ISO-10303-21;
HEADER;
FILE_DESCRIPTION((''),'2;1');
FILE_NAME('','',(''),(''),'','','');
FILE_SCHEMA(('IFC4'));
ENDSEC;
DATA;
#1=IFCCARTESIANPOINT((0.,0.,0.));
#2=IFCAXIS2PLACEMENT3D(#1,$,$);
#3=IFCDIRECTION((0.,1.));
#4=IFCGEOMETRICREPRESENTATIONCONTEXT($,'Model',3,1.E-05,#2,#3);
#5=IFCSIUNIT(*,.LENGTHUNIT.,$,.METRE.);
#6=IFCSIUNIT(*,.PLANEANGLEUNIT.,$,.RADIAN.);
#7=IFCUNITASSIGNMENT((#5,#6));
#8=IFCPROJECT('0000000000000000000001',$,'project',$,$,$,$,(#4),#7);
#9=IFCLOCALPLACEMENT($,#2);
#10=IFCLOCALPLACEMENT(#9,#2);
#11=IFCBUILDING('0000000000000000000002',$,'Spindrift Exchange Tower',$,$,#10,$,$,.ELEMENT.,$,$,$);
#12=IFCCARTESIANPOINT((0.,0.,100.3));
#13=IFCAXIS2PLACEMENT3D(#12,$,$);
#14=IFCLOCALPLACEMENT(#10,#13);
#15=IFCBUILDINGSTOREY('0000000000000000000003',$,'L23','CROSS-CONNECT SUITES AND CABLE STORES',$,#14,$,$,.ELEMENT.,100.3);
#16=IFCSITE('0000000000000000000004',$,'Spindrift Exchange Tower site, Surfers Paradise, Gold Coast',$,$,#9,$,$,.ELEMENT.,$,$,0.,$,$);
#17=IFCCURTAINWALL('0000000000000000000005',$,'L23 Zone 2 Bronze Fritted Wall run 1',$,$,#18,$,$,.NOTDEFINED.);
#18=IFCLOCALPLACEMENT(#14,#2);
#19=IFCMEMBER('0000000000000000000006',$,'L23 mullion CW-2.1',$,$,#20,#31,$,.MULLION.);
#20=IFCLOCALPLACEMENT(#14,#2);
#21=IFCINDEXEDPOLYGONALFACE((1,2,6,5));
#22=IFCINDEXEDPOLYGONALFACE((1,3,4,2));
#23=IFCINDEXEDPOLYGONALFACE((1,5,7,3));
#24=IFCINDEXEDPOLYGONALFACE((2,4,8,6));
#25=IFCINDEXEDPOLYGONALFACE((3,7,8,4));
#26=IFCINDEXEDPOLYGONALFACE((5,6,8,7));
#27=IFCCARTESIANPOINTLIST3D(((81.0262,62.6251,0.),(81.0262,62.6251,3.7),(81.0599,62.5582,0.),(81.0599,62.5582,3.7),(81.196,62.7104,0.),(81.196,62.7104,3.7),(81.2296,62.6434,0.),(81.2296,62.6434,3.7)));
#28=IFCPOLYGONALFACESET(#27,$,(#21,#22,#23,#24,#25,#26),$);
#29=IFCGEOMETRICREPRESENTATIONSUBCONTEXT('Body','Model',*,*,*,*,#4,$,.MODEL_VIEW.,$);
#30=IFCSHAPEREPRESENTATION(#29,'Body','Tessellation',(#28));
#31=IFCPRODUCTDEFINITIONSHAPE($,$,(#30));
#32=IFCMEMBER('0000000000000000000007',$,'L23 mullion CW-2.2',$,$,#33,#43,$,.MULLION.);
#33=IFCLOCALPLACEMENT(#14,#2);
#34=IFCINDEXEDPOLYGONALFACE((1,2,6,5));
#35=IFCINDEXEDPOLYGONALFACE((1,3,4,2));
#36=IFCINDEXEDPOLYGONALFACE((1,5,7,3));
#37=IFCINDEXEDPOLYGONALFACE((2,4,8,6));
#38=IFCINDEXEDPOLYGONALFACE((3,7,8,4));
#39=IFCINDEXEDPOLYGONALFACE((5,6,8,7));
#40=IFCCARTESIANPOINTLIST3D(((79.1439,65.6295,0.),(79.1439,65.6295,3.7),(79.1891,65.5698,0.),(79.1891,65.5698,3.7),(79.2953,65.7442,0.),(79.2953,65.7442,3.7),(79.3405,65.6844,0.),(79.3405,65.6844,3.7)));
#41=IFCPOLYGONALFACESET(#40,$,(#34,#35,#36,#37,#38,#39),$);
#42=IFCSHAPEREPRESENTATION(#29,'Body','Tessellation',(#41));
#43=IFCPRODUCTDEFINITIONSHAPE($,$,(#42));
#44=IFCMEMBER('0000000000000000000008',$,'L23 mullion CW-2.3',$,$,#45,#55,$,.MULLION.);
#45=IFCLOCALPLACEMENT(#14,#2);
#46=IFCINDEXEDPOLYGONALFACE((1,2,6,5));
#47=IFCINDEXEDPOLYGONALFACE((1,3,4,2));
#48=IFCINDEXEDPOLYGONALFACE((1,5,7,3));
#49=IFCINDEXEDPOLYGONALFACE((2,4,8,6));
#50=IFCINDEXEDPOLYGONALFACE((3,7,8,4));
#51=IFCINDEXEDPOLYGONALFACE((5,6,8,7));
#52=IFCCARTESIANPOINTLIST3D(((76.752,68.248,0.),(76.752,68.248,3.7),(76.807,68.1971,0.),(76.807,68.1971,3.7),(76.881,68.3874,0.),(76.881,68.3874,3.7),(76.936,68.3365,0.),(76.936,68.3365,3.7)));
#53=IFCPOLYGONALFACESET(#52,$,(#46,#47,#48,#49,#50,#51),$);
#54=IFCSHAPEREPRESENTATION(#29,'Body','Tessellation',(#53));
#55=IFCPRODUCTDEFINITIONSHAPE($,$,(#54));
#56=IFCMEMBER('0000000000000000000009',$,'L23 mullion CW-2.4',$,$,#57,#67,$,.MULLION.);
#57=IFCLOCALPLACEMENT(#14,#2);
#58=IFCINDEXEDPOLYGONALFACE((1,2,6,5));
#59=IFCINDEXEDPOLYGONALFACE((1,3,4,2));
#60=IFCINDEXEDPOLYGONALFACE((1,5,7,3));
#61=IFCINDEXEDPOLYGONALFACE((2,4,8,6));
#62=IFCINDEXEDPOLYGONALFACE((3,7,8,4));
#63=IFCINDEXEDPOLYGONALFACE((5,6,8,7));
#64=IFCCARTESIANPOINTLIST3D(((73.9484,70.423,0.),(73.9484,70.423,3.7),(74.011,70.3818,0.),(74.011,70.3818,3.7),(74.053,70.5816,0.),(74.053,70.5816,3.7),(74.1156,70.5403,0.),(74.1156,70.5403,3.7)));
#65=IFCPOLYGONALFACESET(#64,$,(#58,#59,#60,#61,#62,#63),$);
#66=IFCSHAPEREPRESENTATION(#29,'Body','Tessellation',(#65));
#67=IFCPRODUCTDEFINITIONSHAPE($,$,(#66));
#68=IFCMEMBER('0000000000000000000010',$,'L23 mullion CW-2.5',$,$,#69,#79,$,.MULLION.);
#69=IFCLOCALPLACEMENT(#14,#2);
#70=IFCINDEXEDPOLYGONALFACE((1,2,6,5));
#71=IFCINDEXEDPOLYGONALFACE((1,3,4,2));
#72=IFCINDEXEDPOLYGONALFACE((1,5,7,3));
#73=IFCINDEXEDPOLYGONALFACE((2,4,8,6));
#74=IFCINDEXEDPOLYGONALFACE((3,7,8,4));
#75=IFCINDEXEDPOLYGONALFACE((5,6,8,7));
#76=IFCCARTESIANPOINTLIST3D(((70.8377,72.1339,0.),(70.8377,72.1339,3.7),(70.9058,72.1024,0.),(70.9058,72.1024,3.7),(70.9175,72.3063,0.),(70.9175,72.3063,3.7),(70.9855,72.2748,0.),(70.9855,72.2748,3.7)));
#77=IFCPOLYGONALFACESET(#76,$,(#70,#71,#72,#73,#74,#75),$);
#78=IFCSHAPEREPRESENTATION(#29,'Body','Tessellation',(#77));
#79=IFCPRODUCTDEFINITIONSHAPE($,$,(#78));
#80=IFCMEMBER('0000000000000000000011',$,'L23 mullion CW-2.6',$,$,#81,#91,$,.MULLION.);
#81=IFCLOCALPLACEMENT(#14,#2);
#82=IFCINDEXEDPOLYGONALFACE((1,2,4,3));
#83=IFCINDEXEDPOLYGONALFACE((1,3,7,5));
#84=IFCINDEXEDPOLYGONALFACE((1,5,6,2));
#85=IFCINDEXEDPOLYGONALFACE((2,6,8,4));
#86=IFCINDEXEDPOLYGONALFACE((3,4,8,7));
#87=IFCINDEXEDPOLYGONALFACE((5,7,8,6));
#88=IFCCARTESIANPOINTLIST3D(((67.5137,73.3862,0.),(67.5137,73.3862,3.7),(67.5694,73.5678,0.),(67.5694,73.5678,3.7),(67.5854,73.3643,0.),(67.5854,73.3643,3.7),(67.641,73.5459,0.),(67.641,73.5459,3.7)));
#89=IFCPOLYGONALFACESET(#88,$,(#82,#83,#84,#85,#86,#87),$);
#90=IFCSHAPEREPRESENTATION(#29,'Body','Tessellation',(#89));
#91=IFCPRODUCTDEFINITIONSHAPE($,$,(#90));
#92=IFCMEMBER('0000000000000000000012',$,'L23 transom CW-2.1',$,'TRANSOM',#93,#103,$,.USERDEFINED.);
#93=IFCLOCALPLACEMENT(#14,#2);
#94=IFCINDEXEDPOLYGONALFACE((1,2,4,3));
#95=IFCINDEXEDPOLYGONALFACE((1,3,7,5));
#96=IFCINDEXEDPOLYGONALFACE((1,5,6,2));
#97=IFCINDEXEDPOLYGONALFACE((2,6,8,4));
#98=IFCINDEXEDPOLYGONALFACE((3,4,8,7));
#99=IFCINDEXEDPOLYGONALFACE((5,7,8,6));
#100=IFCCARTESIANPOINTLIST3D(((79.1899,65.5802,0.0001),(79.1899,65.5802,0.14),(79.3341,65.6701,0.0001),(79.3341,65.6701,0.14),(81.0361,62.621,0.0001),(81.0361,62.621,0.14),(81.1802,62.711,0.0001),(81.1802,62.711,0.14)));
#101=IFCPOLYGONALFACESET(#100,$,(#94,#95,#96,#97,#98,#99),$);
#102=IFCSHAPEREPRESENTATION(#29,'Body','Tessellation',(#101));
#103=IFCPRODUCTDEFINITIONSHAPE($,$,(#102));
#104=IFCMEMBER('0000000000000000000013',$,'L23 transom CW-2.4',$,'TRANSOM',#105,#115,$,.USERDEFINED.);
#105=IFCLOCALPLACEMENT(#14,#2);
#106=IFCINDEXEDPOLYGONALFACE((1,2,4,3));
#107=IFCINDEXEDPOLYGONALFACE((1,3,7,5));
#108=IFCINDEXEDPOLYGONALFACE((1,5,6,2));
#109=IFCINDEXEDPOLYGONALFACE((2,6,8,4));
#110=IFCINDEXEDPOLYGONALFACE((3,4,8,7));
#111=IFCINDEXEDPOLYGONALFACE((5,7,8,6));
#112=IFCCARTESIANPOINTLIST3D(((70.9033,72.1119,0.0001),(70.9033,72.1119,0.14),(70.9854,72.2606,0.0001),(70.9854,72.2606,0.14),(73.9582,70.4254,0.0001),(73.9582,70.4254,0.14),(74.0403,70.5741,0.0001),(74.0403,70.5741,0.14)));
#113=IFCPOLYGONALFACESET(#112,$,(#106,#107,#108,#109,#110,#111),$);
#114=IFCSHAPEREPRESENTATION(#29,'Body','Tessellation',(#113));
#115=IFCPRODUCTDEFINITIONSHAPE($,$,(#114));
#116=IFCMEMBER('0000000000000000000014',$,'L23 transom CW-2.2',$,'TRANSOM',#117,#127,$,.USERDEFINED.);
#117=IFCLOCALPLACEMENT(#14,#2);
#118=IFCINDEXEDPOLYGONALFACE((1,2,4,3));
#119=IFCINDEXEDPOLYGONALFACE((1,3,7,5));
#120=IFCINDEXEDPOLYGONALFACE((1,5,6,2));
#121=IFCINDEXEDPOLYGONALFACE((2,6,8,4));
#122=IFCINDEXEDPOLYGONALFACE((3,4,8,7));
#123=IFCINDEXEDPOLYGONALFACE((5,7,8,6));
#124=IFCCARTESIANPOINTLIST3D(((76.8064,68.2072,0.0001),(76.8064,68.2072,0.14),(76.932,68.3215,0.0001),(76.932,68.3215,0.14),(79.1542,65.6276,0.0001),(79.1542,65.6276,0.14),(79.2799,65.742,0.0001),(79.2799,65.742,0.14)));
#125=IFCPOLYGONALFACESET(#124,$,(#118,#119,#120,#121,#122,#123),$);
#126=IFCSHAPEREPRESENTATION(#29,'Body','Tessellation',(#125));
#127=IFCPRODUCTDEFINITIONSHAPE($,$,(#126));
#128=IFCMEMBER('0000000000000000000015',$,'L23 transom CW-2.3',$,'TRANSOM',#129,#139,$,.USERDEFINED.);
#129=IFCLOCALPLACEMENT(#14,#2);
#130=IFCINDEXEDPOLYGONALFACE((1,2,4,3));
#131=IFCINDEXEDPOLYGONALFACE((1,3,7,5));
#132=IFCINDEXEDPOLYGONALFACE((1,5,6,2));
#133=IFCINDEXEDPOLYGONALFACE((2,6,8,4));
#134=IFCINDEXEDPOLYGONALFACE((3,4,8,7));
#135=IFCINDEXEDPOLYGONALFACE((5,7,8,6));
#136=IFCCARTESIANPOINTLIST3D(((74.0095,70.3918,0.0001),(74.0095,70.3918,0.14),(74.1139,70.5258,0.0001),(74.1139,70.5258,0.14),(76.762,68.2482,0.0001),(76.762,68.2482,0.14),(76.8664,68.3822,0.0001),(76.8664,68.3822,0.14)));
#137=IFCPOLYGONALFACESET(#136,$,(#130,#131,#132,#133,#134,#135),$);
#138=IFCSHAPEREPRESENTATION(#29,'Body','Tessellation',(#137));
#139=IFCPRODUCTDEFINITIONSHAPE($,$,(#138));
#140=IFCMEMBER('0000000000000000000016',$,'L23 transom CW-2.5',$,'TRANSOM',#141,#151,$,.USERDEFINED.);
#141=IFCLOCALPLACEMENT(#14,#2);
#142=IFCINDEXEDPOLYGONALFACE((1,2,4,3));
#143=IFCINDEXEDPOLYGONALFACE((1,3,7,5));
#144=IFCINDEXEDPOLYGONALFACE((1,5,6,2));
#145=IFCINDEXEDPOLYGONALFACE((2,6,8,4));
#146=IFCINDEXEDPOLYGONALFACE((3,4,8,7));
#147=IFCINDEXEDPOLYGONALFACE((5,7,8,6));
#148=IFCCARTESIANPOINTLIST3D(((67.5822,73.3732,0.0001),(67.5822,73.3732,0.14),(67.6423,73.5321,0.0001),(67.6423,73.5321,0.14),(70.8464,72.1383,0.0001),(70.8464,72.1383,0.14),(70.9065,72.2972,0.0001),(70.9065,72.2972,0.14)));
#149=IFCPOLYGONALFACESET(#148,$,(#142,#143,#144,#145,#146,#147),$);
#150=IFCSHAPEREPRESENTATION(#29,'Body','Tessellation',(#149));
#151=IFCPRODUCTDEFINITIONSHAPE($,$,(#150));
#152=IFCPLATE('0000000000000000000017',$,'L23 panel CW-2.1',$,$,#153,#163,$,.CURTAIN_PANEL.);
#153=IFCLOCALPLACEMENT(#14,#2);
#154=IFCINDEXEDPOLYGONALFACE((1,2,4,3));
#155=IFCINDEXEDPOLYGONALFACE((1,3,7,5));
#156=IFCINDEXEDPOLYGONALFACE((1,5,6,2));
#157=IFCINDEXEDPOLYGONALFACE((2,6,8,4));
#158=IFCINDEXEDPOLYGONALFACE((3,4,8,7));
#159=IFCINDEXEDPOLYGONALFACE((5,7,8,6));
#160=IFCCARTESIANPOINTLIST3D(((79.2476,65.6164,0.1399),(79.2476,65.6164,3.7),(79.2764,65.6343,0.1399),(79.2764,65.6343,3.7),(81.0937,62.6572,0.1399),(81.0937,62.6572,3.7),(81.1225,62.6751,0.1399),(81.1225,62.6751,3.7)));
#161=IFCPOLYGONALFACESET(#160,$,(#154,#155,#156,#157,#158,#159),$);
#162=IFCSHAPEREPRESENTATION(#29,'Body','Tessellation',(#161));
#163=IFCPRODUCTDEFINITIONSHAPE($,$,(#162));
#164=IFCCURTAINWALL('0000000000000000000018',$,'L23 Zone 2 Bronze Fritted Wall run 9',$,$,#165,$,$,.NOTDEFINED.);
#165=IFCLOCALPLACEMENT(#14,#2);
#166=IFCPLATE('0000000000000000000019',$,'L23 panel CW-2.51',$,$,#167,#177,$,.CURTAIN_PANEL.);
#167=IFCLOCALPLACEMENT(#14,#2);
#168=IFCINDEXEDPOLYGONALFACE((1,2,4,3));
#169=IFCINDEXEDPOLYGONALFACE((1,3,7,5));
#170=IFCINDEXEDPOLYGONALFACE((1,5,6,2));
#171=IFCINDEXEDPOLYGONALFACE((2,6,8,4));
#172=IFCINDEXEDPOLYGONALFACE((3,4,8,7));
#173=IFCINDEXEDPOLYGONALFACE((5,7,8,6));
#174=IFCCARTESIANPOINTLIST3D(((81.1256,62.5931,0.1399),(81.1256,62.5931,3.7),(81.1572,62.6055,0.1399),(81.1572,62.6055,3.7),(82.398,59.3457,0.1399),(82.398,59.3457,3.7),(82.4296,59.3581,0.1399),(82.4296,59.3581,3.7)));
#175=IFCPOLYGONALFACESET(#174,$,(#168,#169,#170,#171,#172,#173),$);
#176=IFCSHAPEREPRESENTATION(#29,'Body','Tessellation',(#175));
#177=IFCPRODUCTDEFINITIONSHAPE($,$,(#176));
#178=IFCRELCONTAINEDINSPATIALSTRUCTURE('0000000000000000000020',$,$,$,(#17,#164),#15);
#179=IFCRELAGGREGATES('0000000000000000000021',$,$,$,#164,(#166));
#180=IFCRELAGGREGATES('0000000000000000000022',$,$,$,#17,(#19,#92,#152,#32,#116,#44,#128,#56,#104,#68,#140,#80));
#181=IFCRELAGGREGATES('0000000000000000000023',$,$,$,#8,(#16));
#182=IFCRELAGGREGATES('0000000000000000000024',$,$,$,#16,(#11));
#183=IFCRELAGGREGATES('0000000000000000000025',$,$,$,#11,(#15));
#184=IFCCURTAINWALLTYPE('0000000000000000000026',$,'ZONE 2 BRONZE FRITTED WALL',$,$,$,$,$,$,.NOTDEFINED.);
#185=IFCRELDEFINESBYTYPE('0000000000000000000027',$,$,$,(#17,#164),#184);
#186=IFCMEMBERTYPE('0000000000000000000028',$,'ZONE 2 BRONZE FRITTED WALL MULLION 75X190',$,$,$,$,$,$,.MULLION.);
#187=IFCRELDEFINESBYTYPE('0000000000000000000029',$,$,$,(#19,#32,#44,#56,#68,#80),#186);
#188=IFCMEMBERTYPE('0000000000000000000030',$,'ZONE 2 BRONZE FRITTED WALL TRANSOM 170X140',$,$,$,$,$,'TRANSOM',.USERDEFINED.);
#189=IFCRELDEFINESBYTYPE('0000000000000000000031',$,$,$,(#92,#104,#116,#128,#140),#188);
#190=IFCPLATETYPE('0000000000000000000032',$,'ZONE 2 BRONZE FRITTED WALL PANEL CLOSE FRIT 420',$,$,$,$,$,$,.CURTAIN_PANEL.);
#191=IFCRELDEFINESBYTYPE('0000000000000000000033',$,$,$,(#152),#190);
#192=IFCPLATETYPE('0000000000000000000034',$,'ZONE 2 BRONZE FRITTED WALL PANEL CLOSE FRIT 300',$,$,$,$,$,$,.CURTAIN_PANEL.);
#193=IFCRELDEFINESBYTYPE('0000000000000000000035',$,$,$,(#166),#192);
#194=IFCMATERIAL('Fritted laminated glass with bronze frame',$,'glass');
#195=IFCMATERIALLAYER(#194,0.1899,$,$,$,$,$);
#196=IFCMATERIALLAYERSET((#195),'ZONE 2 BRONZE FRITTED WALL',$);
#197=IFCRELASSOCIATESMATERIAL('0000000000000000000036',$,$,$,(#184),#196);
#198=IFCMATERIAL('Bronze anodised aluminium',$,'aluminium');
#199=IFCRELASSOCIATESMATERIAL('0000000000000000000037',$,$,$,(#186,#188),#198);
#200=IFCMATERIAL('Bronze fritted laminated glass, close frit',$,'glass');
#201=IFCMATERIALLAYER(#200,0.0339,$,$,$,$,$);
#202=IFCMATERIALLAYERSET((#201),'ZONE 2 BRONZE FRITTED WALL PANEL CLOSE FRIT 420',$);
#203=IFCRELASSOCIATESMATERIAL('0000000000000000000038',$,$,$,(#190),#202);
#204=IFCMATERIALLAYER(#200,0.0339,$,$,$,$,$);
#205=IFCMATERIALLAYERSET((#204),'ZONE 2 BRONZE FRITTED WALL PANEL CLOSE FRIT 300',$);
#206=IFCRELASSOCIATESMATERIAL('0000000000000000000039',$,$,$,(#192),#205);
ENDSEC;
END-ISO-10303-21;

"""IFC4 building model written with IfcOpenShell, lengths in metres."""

from ifc_helpers import new_model, si_unit, direction, frame, origin, origin_2d, place, context, subcontext, project, spatial, rectangle, extrude, source, transform, mapped, material, layer, layer_set, material_profile, profile_set, type_object, element, aggregate, save


model = new_model("IFC4")

# Units and contexts
model_context = context("Model", 3, precision=1e-05, world=origin(), true_north=direction((0.0, 1.0)))
body_context = subcontext(model_context, "Body", "Model", "MODEL_VIEW")
ifc_project = project(units=[si_unit("LENGTHUNIT", "METRE"), si_unit("PLANEANGLEUNIT", "RADIAN")], contexts=[model_context])

# Site, building, storey
site_placement = place(None, origin())
site = spatial("IfcSite", under=ifc_project, at=site_placement, Name="Spindrift Exchange Tower site, Surfers Paradise, Gold Coast", CompositionType="ELEMENT", RefElevation=0.0)
building_placement = place(site_placement, origin())
building = spatial("IfcBuilding", under=site, at=building_placement, Name="Spindrift Exchange Tower", CompositionType="ELEMENT")
storey_placement = place(building_placement, frame((0.0, 0.0, 100.3)))
storey = spatial("IfcBuildingStorey", under=building, at=storey_placement, Name="L23", Description="CROSS-CONNECT SUITES AND CABLE STORES", CompositionType="ELEMENT", Elevation=100.3)

# Curtain wall, members, plate
ifc_material_1 = material(Name="Fritted laminated glass with bronze frame", Category="glass")
ifc_layer_1 = layer(ifc_material_1, 0.1899)
ifc_layer_set_1 = layer_set([ifc_layer_1], Name="ZONE 2 BRONZE FRITTED WALL")
curtain_wall_type = type_object("IfcCurtainWallType", Name="ZONE 2 BRONZE FRITTED WALL", PredefinedType="NOTDEFINED", material=ifc_layer_set_1)
curtain_wall_1_placement = place(storey_placement, origin())
curtain_wall_1 = element("IfcCurtainWall", 1, at=curtain_wall_1_placement, inside=storey, type_object=curtain_wall_type, Name="L23 Zone 2 Bronze Fritted Wall run 1", PredefinedType="NOTDEFINED")
ifc_material_2 = material(Name="Bronze anodised aluminium", Category="aluminium")
ifc_material_profile_1 = material_profile(ifc_material_2, rectangle(XDim=0.075, YDim=0.1899, at=origin_2d()), Name="ZONE 2 BRONZE FRITTED WALL MULLION 75X190")
ifc_profile_set_1 = profile_set([ifc_material_profile_1], Name="Bronze anodised aluminium")
member_type_1 = type_object("IfcMemberType", Name="ZONE 2 BRONZE FRITTED WALL MULLION 75X190", PredefinedType="MULLION", material=ifc_profile_set_1)
shared_shape_1 = source(origin(), body_context, "Body", "SweptSolid", [
    extrude(rectangle(XDim=0.075, YDim=0.1899, at=origin_2d()), origin(), (0.0, 0.0, 1.0), 3.7),
])
member_1_placement = place(storey_placement, frame((81.1279, 62.6343, 0.0), z_axis=(0.0, 0.0, 1.0), x_axis=(-0.448949, 0.893557, 0.0)))
member_1 = element("IfcMember", 2, at=member_1_placement, type_object=member_type_1, Name="L23 mullion CW-2.1", PredefinedType="MULLION", context=body_context, shape_type="MappedRepresentation", body=[
    mapped(shared_shape_1, transform((0.0, 0.0, 0.0), scale=1.0)),
])
member_2_placement = place(storey_placement, frame((79.2422, 65.657, 0.0), z_axis=(0.0, 0.0, 1.0), x_axis=(-0.603649, 0.79725, 0.0)))
member_2 = element("IfcMember", 3, at=member_2_placement, type_object=member_type_1, Name="L23 mullion CW-2.2", PredefinedType="MULLION", context=body_context, shape_type="MappedRepresentation", body=[
    mapped(shared_shape_1, transform((0.0, 0.0, 0.0), scale=1.0)),
])
member_3_placement = place(storey_placement, frame((76.844, 68.2922, 0.0), z_axis=(0.0, 0.0, 1.0), x_axis=(-0.733725, 0.679446, 0.0)))
member_3 = element("IfcMember", 4, at=member_3_placement, type_object=member_type_1, Name="L23 mullion CW-2.3", PredefinedType="MULLION", context=body_context, shape_type="MappedRepresentation", body=[
    mapped(shared_shape_1, transform((0.0, 0.0, 0.0), scale=1.0)),
])
member_4_placement = place(storey_placement, frame((74.032, 70.4817, 0.0), z_axis=(0.0, 0.0, 1.0), x_axis=(-0.834807, 0.550543, 0.0)))
member_4 = element("IfcMember", 5, at=member_4_placement, type_object=member_type_1, Name="L23 mullion CW-2.4", PredefinedType="MULLION", context=body_context, shape_type="MappedRepresentation", body=[
    mapped(shared_shape_1, transform((0.0, 0.0, 0.0), scale=1.0)),
])
member_5_placement = place(storey_placement, frame((70.9116, 72.2043, 0.0), z_axis=(0.0, 0.0, 1.0), x_axis=(-0.907681, 0.419662, 0.0)))
member_5 = element("IfcMember", 6, at=member_5_placement, type_object=member_type_1, Name="L23 mullion CW-2.5", PredefinedType="MULLION", context=body_context, shape_type="MappedRepresentation", body=[
    mapped(shared_shape_1, transform((0.0, 0.0, 0.0), scale=1.0)),
])
member_6_placement = place(storey_placement, frame((67.5774, 73.4661, 0.0), z_axis=(0.0, 0.0, 1.0), x_axis=(-0.95615, 0.292878, 0.0)))
member_6 = element("IfcMember", 7, at=member_6_placement, type_object=member_type_1, Name="L23 mullion CW-2.6", PredefinedType="MULLION", context=body_context, shape_type="MappedRepresentation", body=[
    mapped(shared_shape_1, transform((0.0, 0.0, 0.0), scale=1.0)),
])
ifc_material_profile_2 = material_profile(ifc_material_2, rectangle(XDim=0.1699, YDim=0.1399, at=origin_2d()), Name="ZONE 2 BRONZE FRITTED WALL TRANSOM 170X140")
ifc_profile_set_2 = profile_set([ifc_material_profile_2], Name="Bronze anodised aluminium")
member_type_2 = type_object("IfcMemberType", Name="ZONE 2 BRONZE FRITTED WALL TRANSOM 170X140", ElementType="TRANSOM", PredefinedType="USERDEFINED", material=ifc_profile_set_2)
shared_shape_2 = source(origin(), body_context, "Body", "SweptSolid", [
    extrude(rectangle(XDim=0.1699, YDim=0.1399, at=origin_2d()), origin(), (0.0, 0.0, 1.0), 3.4878),
])
member_7_placement = place(storey_placement, frame((81.1082, 62.666, 0.0701), z_axis=(-0.529313, 0.848427, 0.0), x_axis=(-0.848427, -0.529313, 0.0)))
member_7 = element("IfcMember", 8, at=member_7_placement, type_object=member_type_2, Name="L23 transom CW-2.1", ObjectType="TRANSOM", PredefinedType="USERDEFINED", context=body_context, shape_type="MappedRepresentation", body=[
    mapped(shared_shape_2, transform((0.0, 0.0, 0.0), scale=1.0)),
])
shared_shape_3 = source(origin(), body_context, "Body", "SweptSolid", [
    extrude(rectangle(XDim=0.1699, YDim=0.1399, at=origin_2d()), origin(), (0.0, 0.0, 1.0), 3.4895),
])
member_8_placement = place(storey_placement, frame((73.9993, 70.4998, 0.0701), z_axis=(-0.875451, 0.483307, 0.0), x_axis=(-0.483307, -0.875451, 0.0)))
member_8 = element("IfcMember", 9, at=member_8_placement, type_object=member_type_2, Name="L23 transom CW-2.4", ObjectType="TRANSOM", PredefinedType="USERDEFINED", context=body_context, shape_type="MappedRepresentation", body=[
    mapped(shared_shape_3, transform((0.0, 0.0, 0.0), scale=1.0)),
])
shared_shape_4 = source(origin(), body_context, "Body", "SweptSolid", [
    extrude(rectangle(XDim=0.1699, YDim=0.1399, at=origin_2d()), origin(), (0.0, 0.0, 1.0), 3.488),
])
member_9_placement = place(storey_placement, frame((79.217, 65.6848, 0.0701), z_axis=(-0.673115, 0.739538, 0.0), x_axis=(-0.739538, -0.673115, 0.0)))
member_9 = element("IfcMember", 10, at=member_9_placement, type_object=member_type_2, Name="L23 transom CW-2.2", ObjectType="TRANSOM", PredefinedType="USERDEFINED", context=body_context, shape_type="MappedRepresentation", body=[
    mapped(shared_shape_4, transform((0.0, 0.0, 0.0), scale=1.0)),
])
shared_shape_5 = source(origin(), body_context, "Body", "SweptSolid", [
    extrude(rectangle(XDim=0.1699, YDim=0.1399, at=origin_2d()), origin(), (0.0, 0.0, 1.0), 3.4888),
])
member_10_placement = place(storey_placement, frame((76.8142, 68.3152, 0.0701), z_axis=(-0.788968, 0.614435, 0.0), x_axis=(-0.614435, -0.788968, 0.0)))
member_10 = element("IfcMember", 11, at=member_10_placement, type_object=member_type_2, Name="L23 transom CW-2.3", ObjectType="TRANSOM", PredefinedType="USERDEFINED", context=body_context, shape_type="MappedRepresentation", body=[
    mapped(shared_shape_5, transform((0.0, 0.0, 0.0), scale=1.0)),
])
shared_shape_6 = source(origin(), body_context, "Body", "SweptSolid", [
    extrude(rectangle(XDim=0.1699, YDim=0.1399, at=origin_2d()), origin(), (0.0, 0.0, 1.0), 3.49),
])
member_11_placement = place(storey_placement, frame((70.8765, 72.2178, 0.0701), z_axis=(-0.935308, 0.353836, 0.0), x_axis=(-0.353836, -0.935308, 0.0)))
member_11 = element("IfcMember", 12, at=member_11_placement, type_object=member_type_2, Name="L23 transom CW-2.5", ObjectType="TRANSOM", PredefinedType="USERDEFINED", context=body_context, shape_type="MappedRepresentation", body=[
    mapped(shared_shape_6, transform((0.0, 0.0, 0.0), scale=1.0)),
])
ifc_material_3 = material(Name="Bronze fritted laminated glass, close frit", Category="glass")
ifc_layer_2 = layer(ifc_material_3, 0.0339)
ifc_layer_set_2 = layer_set([ifc_layer_2], Name="ZONE 2 BRONZE FRITTED WALL PANEL CLOSE FRIT 420")
plate_type_1 = type_object("IfcPlateType", Name="ZONE 2 BRONZE FRITTED WALL PANEL CLOSE FRIT 420", PredefinedType="CURTAIN_PANEL", material=ifc_layer_set_2)
shared_shape_7 = source(origin(), body_context, "Body", "SweptSolid", [
    extrude(rectangle(XDim=3.4878, YDim=0.0339, at=origin_2d()), origin(), (0.0, 0.0, 1.0), 3.5601),
])
plate_1_placement = place(storey_placement, frame((80.1851, 64.1458, 0.1399), z_axis=(0.0, 0.0, 1.0), x_axis=(-0.529283, 0.848446, 0.0)))
plate_1 = element("IfcPlate", 13, at=plate_1_placement, type_object=plate_type_1, Name="L23 panel CW-2.1", PredefinedType="CURTAIN_PANEL", context=body_context, shape_type="MappedRepresentation", body=[
    mapped(shared_shape_7, transform((0.0, 0.0, 0.0), scale=1.0)),
])

# Curtain wall, plate
curtain_wall_2_placement = place(storey_placement, origin())
curtain_wall_2 = element("IfcCurtainWall", 14, at=curtain_wall_2_placement, inside=storey, type_object=curtain_wall_type, Name="L23 Zone 2 Bronze Fritted Wall run 9", PredefinedType="NOTDEFINED")
ifc_layer_3 = layer(ifc_material_3, 0.0339)
ifc_layer_set_3 = layer_set([ifc_layer_3], Name="ZONE 2 BRONZE FRITTED WALL PANEL CLOSE FRIT 300")
plate_type_2 = type_object("IfcPlateType", Name="ZONE 2 BRONZE FRITTED WALL PANEL CLOSE FRIT 300", PredefinedType="CURTAIN_PANEL", material=ifc_layer_set_3)
shared_shape_8 = source(origin(), body_context, "Body", "SweptSolid", [
    extrude(rectangle(XDim=3.4878, YDim=0.0339, at=origin_2d()), origin(), (0.0, 0.0, 1.0), 3.5601),
])
plate_2_placement = place(storey_placement, frame((81.7776, 60.9756, 0.1399), z_axis=(0.0, 0.0, 1.0), x_axis=(-0.364805, 0.931084, 0.0)))
plate_2 = element("IfcPlate", 15, at=plate_2_placement, type_object=plate_type_2, Name="L23 panel CW-2.51", PredefinedType="CURTAIN_PANEL", context=body_context, shape_type="MappedRepresentation", body=[
    mapped(shared_shape_8, transform((0.0, 0.0, 0.0), scale=1.0)),
])
aggregate(curtain_wall_2, [plate_2])

aggregate(curtain_wall_1, [member_1, member_7, plate_1, member_2, member_9, member_3, member_10, member_4, member_8, member_5, member_11, member_6])

save(model, "model.ifc")
